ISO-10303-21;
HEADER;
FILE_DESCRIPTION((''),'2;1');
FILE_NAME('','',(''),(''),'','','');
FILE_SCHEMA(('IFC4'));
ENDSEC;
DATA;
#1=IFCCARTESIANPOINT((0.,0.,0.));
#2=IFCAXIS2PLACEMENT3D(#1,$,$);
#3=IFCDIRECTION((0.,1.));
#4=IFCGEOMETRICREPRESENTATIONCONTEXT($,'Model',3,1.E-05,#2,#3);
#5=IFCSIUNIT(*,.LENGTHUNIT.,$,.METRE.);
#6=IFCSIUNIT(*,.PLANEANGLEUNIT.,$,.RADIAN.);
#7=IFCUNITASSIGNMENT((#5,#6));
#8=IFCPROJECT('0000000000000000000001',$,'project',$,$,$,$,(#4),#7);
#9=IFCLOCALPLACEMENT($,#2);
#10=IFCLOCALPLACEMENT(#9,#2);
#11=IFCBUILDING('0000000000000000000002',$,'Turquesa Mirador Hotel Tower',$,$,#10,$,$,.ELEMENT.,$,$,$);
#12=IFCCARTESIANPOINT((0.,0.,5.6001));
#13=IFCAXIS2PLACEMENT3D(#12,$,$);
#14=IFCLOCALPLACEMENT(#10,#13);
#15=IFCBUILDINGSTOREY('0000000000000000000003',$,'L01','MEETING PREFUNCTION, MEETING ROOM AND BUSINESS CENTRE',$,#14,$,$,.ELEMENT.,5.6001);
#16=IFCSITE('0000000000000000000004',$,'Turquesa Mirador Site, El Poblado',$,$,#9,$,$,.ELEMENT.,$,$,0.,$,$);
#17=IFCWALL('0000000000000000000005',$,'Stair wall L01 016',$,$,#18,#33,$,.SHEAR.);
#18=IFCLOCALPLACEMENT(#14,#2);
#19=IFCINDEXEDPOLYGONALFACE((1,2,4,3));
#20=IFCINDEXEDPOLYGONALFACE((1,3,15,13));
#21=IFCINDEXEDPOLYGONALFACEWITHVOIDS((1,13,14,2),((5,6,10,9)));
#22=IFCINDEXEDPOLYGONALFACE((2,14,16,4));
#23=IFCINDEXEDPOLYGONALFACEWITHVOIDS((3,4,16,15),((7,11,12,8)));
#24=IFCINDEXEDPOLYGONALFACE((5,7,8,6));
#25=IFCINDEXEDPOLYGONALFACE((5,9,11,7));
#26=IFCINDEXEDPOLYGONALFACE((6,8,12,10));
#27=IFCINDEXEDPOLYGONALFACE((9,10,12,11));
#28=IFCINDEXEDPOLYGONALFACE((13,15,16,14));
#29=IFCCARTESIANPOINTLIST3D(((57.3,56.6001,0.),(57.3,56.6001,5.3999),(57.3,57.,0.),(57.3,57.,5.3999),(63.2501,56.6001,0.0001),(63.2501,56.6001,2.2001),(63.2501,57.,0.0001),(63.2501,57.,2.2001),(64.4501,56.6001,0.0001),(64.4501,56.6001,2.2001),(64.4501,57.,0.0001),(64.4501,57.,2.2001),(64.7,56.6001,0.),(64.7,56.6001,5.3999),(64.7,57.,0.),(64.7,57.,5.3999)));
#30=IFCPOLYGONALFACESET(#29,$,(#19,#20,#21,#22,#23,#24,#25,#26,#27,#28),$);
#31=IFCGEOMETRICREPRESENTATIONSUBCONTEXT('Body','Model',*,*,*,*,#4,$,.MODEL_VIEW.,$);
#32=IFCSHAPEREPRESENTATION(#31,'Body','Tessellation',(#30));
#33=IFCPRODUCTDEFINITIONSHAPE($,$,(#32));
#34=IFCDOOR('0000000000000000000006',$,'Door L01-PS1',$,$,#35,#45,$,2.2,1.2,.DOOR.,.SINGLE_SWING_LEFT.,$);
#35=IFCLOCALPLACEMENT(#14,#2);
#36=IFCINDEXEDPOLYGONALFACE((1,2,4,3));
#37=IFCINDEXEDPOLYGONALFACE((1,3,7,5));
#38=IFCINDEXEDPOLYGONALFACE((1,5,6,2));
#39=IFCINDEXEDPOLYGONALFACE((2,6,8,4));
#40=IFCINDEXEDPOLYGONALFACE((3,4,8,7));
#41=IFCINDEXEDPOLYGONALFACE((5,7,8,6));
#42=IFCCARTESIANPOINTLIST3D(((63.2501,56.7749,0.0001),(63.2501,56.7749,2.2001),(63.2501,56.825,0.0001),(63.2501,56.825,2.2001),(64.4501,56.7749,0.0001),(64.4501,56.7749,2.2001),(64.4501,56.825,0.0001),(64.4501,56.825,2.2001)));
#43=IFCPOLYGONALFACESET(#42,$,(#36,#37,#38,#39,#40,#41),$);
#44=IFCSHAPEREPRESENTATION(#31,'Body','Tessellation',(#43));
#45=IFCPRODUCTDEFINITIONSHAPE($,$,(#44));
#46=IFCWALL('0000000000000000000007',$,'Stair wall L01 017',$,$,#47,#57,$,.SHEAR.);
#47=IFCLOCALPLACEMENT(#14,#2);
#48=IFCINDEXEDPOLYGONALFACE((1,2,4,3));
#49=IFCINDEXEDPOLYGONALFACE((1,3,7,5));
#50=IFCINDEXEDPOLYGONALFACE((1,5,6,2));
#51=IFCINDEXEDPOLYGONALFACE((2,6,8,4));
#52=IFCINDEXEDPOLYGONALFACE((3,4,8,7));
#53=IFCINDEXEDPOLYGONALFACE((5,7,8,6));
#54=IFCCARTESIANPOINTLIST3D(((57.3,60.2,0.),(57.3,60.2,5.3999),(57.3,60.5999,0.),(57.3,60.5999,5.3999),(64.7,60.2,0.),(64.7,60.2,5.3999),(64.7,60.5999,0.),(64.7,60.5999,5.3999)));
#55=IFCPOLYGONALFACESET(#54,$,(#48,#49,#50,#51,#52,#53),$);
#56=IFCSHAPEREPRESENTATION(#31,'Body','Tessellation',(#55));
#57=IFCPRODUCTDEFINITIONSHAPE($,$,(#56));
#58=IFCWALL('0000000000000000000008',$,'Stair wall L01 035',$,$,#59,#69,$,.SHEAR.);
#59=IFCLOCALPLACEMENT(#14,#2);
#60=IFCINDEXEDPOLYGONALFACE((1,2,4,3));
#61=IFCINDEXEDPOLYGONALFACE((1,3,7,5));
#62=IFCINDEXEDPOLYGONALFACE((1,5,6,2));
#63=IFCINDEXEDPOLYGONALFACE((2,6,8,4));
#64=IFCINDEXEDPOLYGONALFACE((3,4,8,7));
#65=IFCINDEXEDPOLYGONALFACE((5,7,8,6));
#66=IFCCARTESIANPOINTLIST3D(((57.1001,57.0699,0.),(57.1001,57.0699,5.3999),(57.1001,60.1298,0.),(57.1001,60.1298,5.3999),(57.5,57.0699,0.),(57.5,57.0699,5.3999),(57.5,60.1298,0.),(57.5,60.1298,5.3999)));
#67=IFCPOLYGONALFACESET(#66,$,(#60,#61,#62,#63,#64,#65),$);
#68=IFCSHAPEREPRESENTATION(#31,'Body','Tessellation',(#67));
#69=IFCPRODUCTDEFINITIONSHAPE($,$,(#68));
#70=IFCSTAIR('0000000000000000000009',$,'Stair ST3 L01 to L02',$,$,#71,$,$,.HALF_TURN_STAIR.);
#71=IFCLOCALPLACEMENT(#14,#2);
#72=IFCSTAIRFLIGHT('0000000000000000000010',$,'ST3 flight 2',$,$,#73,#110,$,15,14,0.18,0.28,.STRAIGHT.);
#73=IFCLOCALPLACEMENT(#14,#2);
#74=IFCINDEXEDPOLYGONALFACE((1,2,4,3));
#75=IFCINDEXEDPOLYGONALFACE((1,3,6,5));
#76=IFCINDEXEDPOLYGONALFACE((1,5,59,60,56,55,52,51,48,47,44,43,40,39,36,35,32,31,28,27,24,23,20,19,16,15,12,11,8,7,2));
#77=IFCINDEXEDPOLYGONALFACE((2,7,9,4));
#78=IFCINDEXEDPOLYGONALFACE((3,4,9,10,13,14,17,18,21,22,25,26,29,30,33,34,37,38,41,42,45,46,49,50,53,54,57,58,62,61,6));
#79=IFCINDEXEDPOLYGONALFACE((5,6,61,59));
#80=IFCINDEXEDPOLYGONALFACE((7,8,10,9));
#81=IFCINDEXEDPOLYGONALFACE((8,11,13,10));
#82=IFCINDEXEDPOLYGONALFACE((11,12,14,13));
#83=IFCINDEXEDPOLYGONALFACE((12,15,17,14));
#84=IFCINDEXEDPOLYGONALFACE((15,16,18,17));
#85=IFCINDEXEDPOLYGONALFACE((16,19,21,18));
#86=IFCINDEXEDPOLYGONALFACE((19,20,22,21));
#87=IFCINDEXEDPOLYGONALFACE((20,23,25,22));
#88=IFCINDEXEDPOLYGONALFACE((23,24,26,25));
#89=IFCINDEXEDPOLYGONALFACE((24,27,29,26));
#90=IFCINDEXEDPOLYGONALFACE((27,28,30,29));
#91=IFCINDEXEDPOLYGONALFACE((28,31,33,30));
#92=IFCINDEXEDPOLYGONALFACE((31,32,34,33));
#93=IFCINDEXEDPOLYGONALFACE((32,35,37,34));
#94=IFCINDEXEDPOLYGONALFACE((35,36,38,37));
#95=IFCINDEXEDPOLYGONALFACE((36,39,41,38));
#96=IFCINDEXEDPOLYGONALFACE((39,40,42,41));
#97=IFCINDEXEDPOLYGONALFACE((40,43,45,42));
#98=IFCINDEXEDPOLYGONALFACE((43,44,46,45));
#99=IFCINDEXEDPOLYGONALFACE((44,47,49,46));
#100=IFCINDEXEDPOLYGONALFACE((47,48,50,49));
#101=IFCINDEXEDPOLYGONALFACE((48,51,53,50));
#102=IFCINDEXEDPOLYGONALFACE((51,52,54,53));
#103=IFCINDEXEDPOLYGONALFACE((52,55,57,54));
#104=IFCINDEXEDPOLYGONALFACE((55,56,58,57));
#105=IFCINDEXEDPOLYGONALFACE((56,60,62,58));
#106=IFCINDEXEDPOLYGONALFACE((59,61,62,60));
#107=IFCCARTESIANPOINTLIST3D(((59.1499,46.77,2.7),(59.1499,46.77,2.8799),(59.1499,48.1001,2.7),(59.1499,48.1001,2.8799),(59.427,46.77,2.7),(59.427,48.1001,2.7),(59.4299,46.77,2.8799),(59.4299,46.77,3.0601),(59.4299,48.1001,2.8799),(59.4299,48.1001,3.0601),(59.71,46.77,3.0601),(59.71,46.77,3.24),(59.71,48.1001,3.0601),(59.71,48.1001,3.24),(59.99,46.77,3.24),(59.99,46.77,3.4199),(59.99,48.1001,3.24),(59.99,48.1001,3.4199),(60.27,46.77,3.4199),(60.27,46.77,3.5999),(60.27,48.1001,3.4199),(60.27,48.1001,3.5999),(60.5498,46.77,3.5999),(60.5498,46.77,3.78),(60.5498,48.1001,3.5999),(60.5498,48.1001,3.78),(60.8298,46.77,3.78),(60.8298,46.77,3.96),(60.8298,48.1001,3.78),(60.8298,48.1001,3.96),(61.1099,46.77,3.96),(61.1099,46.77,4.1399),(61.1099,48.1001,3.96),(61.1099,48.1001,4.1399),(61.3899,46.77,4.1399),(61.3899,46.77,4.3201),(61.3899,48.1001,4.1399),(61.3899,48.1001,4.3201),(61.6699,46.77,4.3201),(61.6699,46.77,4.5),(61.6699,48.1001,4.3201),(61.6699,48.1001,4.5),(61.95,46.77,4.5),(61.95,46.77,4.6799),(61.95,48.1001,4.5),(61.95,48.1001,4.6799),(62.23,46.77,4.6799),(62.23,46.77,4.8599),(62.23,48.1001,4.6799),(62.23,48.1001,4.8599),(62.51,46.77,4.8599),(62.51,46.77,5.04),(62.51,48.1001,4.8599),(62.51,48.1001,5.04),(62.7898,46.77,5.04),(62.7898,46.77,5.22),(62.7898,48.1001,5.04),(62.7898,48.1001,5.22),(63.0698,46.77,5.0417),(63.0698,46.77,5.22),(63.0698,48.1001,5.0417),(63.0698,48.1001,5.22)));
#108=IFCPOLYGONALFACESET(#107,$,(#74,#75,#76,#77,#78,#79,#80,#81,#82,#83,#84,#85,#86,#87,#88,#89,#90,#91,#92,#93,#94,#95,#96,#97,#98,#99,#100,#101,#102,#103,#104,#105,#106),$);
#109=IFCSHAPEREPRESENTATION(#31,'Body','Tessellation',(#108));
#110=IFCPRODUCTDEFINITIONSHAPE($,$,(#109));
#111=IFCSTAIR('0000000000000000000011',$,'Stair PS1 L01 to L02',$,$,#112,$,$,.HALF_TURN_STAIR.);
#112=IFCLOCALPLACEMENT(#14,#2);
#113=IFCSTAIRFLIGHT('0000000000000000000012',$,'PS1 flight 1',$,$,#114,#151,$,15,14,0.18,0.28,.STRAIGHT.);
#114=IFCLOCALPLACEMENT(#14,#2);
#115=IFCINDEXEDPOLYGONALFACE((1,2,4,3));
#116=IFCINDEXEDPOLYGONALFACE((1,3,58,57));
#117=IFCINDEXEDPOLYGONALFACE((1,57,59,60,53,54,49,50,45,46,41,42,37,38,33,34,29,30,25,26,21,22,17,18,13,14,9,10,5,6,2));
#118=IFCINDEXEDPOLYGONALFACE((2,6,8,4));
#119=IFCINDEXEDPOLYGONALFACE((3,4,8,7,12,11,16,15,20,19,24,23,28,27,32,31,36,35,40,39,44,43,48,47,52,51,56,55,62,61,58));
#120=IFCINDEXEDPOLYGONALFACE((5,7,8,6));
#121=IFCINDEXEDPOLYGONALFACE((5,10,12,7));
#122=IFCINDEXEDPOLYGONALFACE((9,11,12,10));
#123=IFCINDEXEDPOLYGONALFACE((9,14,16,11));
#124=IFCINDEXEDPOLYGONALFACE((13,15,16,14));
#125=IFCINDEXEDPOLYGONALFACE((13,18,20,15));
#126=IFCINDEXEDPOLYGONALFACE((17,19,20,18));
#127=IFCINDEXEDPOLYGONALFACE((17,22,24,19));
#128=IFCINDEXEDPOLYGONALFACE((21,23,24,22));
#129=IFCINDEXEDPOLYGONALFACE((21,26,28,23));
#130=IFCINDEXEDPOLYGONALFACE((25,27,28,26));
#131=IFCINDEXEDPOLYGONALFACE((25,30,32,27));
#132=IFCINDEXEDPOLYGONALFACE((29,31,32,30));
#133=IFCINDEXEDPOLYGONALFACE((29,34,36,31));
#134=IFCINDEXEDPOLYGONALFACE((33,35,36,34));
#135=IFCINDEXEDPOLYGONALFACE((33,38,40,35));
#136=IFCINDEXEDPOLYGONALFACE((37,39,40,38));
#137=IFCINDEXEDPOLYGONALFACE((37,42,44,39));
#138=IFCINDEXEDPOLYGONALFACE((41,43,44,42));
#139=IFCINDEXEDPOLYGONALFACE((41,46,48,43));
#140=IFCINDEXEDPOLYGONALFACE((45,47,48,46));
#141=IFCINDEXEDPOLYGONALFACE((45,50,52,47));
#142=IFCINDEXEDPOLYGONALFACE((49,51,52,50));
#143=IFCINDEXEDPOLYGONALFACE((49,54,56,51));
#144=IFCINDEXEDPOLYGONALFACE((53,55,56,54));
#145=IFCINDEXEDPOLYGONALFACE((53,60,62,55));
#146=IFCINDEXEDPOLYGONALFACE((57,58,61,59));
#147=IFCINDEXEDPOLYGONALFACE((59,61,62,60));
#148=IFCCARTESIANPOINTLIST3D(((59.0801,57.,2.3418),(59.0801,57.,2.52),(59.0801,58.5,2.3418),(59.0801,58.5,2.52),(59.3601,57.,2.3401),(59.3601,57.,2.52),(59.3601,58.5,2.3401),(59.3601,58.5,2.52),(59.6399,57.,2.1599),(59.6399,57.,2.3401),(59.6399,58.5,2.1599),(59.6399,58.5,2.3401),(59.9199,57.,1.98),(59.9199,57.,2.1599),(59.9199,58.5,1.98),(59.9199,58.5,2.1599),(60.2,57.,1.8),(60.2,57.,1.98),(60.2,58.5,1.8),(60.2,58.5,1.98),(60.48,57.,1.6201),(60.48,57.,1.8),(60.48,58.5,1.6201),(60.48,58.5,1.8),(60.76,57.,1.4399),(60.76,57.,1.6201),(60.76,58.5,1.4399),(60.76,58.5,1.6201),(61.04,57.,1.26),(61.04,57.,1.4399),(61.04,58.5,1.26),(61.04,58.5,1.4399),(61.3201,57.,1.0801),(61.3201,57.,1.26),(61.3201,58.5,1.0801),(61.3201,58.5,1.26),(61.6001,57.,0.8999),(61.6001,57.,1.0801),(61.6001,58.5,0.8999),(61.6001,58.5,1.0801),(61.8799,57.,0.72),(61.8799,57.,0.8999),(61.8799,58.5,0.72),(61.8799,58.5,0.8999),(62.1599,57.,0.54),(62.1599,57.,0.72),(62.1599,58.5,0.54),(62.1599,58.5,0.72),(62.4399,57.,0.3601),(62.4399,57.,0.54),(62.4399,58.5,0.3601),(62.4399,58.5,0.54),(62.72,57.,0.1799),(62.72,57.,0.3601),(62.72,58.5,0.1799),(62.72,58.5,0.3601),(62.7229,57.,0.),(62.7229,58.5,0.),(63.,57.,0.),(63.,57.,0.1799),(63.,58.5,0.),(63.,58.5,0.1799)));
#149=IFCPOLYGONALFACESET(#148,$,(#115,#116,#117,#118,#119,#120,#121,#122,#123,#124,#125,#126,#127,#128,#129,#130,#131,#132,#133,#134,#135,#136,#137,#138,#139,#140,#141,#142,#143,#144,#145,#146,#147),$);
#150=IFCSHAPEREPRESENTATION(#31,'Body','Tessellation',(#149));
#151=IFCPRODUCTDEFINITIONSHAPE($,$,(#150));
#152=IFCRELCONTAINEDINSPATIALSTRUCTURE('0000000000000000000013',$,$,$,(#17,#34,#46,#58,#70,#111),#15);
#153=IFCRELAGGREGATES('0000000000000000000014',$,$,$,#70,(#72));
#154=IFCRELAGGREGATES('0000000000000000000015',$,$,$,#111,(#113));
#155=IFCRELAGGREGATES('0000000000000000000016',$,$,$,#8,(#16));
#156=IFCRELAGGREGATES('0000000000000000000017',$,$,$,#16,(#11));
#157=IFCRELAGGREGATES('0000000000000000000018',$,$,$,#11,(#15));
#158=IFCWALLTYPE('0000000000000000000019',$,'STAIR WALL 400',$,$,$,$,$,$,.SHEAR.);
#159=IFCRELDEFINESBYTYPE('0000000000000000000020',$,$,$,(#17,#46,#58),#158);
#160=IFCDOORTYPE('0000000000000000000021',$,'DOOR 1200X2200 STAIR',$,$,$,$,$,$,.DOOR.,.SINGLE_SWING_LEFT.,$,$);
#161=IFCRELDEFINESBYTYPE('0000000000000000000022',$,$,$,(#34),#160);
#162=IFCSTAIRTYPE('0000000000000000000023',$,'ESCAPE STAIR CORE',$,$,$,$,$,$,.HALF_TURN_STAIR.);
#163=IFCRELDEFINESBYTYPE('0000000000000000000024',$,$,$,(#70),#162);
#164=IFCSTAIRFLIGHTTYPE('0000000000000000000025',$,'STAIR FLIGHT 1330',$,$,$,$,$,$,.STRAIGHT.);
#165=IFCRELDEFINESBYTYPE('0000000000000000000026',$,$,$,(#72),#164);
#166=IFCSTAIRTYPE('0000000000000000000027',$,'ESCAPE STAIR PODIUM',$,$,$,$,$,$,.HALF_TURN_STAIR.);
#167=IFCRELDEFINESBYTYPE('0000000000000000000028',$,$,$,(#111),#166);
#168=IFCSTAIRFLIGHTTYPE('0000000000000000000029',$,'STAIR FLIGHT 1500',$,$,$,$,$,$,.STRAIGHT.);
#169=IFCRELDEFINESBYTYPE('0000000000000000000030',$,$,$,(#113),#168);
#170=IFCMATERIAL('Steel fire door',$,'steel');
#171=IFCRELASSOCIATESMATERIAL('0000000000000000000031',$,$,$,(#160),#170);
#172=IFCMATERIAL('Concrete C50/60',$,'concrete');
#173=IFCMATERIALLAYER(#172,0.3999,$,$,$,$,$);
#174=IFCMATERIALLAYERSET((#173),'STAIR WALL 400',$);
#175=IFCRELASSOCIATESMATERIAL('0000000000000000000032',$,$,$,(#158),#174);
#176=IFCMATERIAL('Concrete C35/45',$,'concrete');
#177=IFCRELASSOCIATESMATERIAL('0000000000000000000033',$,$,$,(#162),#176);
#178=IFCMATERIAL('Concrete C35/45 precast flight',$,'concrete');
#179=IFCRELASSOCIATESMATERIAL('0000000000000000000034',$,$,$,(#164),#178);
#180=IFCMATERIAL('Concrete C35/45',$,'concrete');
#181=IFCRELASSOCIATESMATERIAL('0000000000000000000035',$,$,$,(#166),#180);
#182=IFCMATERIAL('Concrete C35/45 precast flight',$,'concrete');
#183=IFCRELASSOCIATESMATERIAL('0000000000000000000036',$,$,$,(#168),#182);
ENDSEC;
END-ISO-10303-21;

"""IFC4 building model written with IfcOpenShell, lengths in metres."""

from ifc_helpers import new_model, si_unit, direction, frame, frame_2d, origin, place, context, subcontext, project, spatial, polyline, rectangle, outline, extrude, material, layer, layer_set, type_object, element, fill, aggregate, save


model = new_model("IFC4")

# Units and contexts
model_context = context("Model", 3, precision=1e-05, world=origin(), true_north=direction((0.0, 1.0)))
body_context = subcontext(model_context, "Body", "Model", "MODEL_VIEW")
ifc_project = project(units=[si_unit("LENGTHUNIT", "METRE"), si_unit("PLANEANGLEUNIT", "RADIAN")], contexts=[model_context])

# Site, building, storey
site_placement = place(None, origin())
site = spatial("IfcSite", under=ifc_project, at=site_placement, Name="Turquesa Mirador Site, El Poblado", CompositionType="ELEMENT", RefElevation=0.0)
building_placement = place(site_placement, origin())
building = spatial("IfcBuilding", under=site, at=building_placement, Name="Turquesa Mirador Hotel Tower", CompositionType="ELEMENT")
storey_placement = place(building_placement, frame((0.0, 0.0, 5.6001)))
storey = spatial("IfcBuildingStorey", under=building, at=storey_placement, Name="L01", Description="MEETING PREFUNCTION, MEETING ROOM AND BUSINESS CENTRE", CompositionType="ELEMENT", Elevation=5.6001)

# Shared definitions
ifc_material_1 = material(Name="Steel fire door", Category="steel")
door_type = type_object("IfcDoorType", Name="DOOR 1200X2200 STAIR", OperationType="SINGLE_SWING_LEFT", PredefinedType="DOOR", material=ifc_material_1)

# Wall, opening, door
ifc_material_2 = material(Name="Concrete C50/60", Category="concrete")
ifc_layer_1 = layer(ifc_material_2, 0.3999)
ifc_layer_set_1 = layer_set([ifc_layer_1], Name="STAIR WALL 400")
wall_type_1 = type_object("IfcWallType", Name="STAIR WALL 400", PredefinedType="SHEAR", material=ifc_layer_set_1)
wall_1_placement = place(storey_placement, frame((57.3, 56.8, 0.0), z_axis=(0.0, 0.0, 1.0), x_axis=(1.0, 0.0, 0.0)))
wall_1 = element("IfcWall", 1, at=wall_1_placement, inside=storey, type_object=wall_type_1, Name="Stair wall L01 016", PredefinedType="SHEAR", context=body_context, shape_type="SweptSolid", body=[
    extrude(rectangle(XDim=7.3999, YDim=0.3999, at=frame_2d((3.7, 0.0))), origin(), (0.0, 0.0, 1.0), 5.3999),
])
opening_1_placement = place(wall_1_placement, frame((5.95, 0.0, 0.0)))
opening_1 = element("IfcOpeningElement", 2, at=opening_1_placement, cuts=wall_1, PredefinedType="OPENING", context=body_context, shape_type="SweptSolid", body=[
    extrude(rectangle(XDim=1.2, YDim=2.2, at=frame_2d((0.6001, 1.1001))), frame((0.0, 0.21, 0.0), z_axis=(0.0, -1.0, 0.0), x_axis=(1.0, 0.0, 0.0)), (0.0, 0.0, 1.0), 0.4199),
])
door_1_placement = place(opening_1_placement, origin())
door_1 = element("IfcDoor", 3, at=door_1_placement, inside=storey, type_object=door_type, Name="Door L01-PS1", OperationType="SINGLE_SWING_LEFT", OverallHeight=2.2, OverallWidth=1.2, PredefinedType="DOOR", context=body_context, shape_type="SweptSolid", body=[
    extrude(rectangle(XDim=1.2, YDim=2.2, at=frame_2d((0.6001, 1.1001))), frame((0.0, 0.0249, 0.0), z_axis=(0.0, -1.0, 0.0), x_axis=(1.0, 0.0, 0.0)), (0.0, 0.0, 1.0), 0.05),
])
fill(opening_1, door_1)

# Walls
wall_2_placement = place(storey_placement, frame((57.3, 60.3999, 0.0), z_axis=(0.0, 0.0, 1.0), x_axis=(1.0, 0.0, 0.0)))
element("IfcWall", 4, at=wall_2_placement, inside=storey, type_object=wall_type_1, Name="Stair wall L01 017", PredefinedType="SHEAR", context=body_context, shape_type="SweptSolid", body=[
    extrude(rectangle(XDim=7.3999, YDim=0.3999, at=frame_2d((3.7, 0.0))), origin(), (0.0, 0.0, 1.0), 5.3999),
])
wall_3_placement = place(storey_placement, frame((57.3, 57.0701, 0.0), z_axis=(0.0, 0.0, 1.0), x_axis=(0.0, 1.0, 0.0)))
element("IfcWall", 5, at=wall_3_placement, inside=storey, type_object=wall_type_1, Name="Stair wall L01 035", PredefinedType="SHEAR", context=body_context, shape_type="SweptSolid", body=[
    extrude(rectangle(XDim=3.0598, YDim=0.3999, at=frame_2d((1.5298, 0.0))), origin(), (0.0, 0.0, 1.0), 5.3999),
])

# Stair, stair flight
ifc_material_3 = material(Name="Concrete C35/45", Category="concrete")
stair_type_1 = type_object("IfcStairType", Name="ESCAPE STAIR CORE", PredefinedType="HALF_TURN_STAIR", material=ifc_material_3)
stair_1_placement = place(storey_placement, origin())
stair_1 = element("IfcStair", 6, at=stair_1_placement, inside=storey, type_object=stair_type_1, Name="Stair ST3 L01 to L02", PredefinedType="HALF_TURN_STAIR")
ifc_material_4 = material(Name="Concrete C35/45 precast flight", Category="concrete")
stair_flight_type_1 = type_object("IfcStairFlightType", Name="STAIR FLIGHT 1330", PredefinedType="STRAIGHT", material=ifc_material_4)
stair_flight_1_placement = place(storey_placement, frame((59.1499, 47.4351, 2.7), z_axis=(0.0, 0.0, 1.0), x_axis=(1.0, 0.0, 0.0)))
stair_flight_1 = element("IfcStairFlight", 7, at=stair_flight_1_placement, type_object=stair_flight_type_1, Name="ST3 flight 2", NumberOfRisers=15, NumberOfTreads=14, PredefinedType="STRAIGHT", RiserHeight=0.18, TreadLength=0.28, context=body_context, shape_type="SweptSolid", body=[
    extrude(outline(polyline([(0.0, 0.0), (0.0, 0.1799), (0.28, 0.1799), (0.28, 0.3601), (0.5601, 0.3601), (0.5601, 0.54), (0.8401, 0.54), (0.8401, 0.72), (1.1201, 0.72), (1.1201, 0.8999), (1.3999, 0.8999), (1.3999, 1.0801), (1.6799, 1.0801), (1.6799, 1.26), (1.96, 1.26), (1.96, 1.4399), (2.24, 1.4399), (2.24, 1.6201), (2.52, 1.6201), (2.52, 1.8), (2.8, 1.8), (2.8, 1.98), (3.0801, 1.98), (3.0801, 2.1599), (3.3601, 2.1599), (3.3601, 2.3401), (3.6399, 2.3401), (3.6399, 2.52), (3.9199, 2.52), (3.9199, 2.7), (3.9199, 2.3418), (0.2771, 0.0), (0.0, 0.0)])), frame((0.0, 0.665, 0.0), z_axis=(0.0, -1.0, 0.0), x_axis=(1.0, 0.0, 0.0)), (0.0, 0.0, 1.0), 1.3301),
])
aggregate(stair_1, [stair_flight_1])

# Stair, stair flight
ifc_material_5 = material(Name="Concrete C35/45", Category="concrete")
stair_type_2 = type_object("IfcStairType", Name="ESCAPE STAIR PODIUM", PredefinedType="HALF_TURN_STAIR", material=ifc_material_5)
stair_2_placement = place(storey_placement, origin())
stair_2 = element("IfcStair", 8, at=stair_2_placement, inside=storey, type_object=stair_type_2, Name="Stair PS1 L01 to L02", PredefinedType="HALF_TURN_STAIR")
ifc_material_6 = material(Name="Concrete C35/45 precast flight", Category="concrete")
stair_flight_type_2 = type_object("IfcStairFlightType", Name="STAIR FLIGHT 1500", PredefinedType="STRAIGHT", material=ifc_material_6)
stair_flight_2_placement = place(storey_placement, frame((63.0, 57.75, 0.0), z_axis=(0.0, 0.0, 1.0), x_axis=(-1.0, 0.0, 0.0)))
stair_flight_2 = element("IfcStairFlight", 9, at=stair_flight_2_placement, type_object=stair_flight_type_2, Name="PS1 flight 1", NumberOfRisers=15, NumberOfTreads=14, PredefinedType="STRAIGHT", RiserHeight=0.18, TreadLength=0.28, context=body_context, shape_type="SweptSolid", body=[
    extrude(outline(polyline([(0.0, 0.0), (0.0, 0.1799), (0.28, 0.1799), (0.28, 0.3601), (0.5601, 0.3601), (0.5601, 0.54), (0.8401, 0.54), (0.8401, 0.72), (1.1201, 0.72), (1.1201, 0.8999), (1.3999, 0.8999), (1.3999, 1.0801), (1.6799, 1.0801), (1.6799, 1.26), (1.96, 1.26), (1.96, 1.4399), (2.24, 1.4399), (2.24, 1.6201), (2.52, 1.6201), (2.52, 1.8), (2.8, 1.8), (2.8, 1.98), (3.0801, 1.98), (3.0801, 2.1599), (3.3601, 2.1599), (3.3601, 2.3401), (3.6399, 2.3401), (3.6399, 2.52), (3.9199, 2.52), (3.9199, 2.7), (3.9199, 2.3418), (0.2771, 0.0), (0.0, 0.0)])), frame((0.0, 0.75, 0.0), z_axis=(0.0, -1.0, 0.0), x_axis=(1.0, 0.0, 0.0)), (0.0, 0.0, 1.0), 1.5),
])
aggregate(stair_2, [stair_flight_2])

save(model, "model.ifc")
